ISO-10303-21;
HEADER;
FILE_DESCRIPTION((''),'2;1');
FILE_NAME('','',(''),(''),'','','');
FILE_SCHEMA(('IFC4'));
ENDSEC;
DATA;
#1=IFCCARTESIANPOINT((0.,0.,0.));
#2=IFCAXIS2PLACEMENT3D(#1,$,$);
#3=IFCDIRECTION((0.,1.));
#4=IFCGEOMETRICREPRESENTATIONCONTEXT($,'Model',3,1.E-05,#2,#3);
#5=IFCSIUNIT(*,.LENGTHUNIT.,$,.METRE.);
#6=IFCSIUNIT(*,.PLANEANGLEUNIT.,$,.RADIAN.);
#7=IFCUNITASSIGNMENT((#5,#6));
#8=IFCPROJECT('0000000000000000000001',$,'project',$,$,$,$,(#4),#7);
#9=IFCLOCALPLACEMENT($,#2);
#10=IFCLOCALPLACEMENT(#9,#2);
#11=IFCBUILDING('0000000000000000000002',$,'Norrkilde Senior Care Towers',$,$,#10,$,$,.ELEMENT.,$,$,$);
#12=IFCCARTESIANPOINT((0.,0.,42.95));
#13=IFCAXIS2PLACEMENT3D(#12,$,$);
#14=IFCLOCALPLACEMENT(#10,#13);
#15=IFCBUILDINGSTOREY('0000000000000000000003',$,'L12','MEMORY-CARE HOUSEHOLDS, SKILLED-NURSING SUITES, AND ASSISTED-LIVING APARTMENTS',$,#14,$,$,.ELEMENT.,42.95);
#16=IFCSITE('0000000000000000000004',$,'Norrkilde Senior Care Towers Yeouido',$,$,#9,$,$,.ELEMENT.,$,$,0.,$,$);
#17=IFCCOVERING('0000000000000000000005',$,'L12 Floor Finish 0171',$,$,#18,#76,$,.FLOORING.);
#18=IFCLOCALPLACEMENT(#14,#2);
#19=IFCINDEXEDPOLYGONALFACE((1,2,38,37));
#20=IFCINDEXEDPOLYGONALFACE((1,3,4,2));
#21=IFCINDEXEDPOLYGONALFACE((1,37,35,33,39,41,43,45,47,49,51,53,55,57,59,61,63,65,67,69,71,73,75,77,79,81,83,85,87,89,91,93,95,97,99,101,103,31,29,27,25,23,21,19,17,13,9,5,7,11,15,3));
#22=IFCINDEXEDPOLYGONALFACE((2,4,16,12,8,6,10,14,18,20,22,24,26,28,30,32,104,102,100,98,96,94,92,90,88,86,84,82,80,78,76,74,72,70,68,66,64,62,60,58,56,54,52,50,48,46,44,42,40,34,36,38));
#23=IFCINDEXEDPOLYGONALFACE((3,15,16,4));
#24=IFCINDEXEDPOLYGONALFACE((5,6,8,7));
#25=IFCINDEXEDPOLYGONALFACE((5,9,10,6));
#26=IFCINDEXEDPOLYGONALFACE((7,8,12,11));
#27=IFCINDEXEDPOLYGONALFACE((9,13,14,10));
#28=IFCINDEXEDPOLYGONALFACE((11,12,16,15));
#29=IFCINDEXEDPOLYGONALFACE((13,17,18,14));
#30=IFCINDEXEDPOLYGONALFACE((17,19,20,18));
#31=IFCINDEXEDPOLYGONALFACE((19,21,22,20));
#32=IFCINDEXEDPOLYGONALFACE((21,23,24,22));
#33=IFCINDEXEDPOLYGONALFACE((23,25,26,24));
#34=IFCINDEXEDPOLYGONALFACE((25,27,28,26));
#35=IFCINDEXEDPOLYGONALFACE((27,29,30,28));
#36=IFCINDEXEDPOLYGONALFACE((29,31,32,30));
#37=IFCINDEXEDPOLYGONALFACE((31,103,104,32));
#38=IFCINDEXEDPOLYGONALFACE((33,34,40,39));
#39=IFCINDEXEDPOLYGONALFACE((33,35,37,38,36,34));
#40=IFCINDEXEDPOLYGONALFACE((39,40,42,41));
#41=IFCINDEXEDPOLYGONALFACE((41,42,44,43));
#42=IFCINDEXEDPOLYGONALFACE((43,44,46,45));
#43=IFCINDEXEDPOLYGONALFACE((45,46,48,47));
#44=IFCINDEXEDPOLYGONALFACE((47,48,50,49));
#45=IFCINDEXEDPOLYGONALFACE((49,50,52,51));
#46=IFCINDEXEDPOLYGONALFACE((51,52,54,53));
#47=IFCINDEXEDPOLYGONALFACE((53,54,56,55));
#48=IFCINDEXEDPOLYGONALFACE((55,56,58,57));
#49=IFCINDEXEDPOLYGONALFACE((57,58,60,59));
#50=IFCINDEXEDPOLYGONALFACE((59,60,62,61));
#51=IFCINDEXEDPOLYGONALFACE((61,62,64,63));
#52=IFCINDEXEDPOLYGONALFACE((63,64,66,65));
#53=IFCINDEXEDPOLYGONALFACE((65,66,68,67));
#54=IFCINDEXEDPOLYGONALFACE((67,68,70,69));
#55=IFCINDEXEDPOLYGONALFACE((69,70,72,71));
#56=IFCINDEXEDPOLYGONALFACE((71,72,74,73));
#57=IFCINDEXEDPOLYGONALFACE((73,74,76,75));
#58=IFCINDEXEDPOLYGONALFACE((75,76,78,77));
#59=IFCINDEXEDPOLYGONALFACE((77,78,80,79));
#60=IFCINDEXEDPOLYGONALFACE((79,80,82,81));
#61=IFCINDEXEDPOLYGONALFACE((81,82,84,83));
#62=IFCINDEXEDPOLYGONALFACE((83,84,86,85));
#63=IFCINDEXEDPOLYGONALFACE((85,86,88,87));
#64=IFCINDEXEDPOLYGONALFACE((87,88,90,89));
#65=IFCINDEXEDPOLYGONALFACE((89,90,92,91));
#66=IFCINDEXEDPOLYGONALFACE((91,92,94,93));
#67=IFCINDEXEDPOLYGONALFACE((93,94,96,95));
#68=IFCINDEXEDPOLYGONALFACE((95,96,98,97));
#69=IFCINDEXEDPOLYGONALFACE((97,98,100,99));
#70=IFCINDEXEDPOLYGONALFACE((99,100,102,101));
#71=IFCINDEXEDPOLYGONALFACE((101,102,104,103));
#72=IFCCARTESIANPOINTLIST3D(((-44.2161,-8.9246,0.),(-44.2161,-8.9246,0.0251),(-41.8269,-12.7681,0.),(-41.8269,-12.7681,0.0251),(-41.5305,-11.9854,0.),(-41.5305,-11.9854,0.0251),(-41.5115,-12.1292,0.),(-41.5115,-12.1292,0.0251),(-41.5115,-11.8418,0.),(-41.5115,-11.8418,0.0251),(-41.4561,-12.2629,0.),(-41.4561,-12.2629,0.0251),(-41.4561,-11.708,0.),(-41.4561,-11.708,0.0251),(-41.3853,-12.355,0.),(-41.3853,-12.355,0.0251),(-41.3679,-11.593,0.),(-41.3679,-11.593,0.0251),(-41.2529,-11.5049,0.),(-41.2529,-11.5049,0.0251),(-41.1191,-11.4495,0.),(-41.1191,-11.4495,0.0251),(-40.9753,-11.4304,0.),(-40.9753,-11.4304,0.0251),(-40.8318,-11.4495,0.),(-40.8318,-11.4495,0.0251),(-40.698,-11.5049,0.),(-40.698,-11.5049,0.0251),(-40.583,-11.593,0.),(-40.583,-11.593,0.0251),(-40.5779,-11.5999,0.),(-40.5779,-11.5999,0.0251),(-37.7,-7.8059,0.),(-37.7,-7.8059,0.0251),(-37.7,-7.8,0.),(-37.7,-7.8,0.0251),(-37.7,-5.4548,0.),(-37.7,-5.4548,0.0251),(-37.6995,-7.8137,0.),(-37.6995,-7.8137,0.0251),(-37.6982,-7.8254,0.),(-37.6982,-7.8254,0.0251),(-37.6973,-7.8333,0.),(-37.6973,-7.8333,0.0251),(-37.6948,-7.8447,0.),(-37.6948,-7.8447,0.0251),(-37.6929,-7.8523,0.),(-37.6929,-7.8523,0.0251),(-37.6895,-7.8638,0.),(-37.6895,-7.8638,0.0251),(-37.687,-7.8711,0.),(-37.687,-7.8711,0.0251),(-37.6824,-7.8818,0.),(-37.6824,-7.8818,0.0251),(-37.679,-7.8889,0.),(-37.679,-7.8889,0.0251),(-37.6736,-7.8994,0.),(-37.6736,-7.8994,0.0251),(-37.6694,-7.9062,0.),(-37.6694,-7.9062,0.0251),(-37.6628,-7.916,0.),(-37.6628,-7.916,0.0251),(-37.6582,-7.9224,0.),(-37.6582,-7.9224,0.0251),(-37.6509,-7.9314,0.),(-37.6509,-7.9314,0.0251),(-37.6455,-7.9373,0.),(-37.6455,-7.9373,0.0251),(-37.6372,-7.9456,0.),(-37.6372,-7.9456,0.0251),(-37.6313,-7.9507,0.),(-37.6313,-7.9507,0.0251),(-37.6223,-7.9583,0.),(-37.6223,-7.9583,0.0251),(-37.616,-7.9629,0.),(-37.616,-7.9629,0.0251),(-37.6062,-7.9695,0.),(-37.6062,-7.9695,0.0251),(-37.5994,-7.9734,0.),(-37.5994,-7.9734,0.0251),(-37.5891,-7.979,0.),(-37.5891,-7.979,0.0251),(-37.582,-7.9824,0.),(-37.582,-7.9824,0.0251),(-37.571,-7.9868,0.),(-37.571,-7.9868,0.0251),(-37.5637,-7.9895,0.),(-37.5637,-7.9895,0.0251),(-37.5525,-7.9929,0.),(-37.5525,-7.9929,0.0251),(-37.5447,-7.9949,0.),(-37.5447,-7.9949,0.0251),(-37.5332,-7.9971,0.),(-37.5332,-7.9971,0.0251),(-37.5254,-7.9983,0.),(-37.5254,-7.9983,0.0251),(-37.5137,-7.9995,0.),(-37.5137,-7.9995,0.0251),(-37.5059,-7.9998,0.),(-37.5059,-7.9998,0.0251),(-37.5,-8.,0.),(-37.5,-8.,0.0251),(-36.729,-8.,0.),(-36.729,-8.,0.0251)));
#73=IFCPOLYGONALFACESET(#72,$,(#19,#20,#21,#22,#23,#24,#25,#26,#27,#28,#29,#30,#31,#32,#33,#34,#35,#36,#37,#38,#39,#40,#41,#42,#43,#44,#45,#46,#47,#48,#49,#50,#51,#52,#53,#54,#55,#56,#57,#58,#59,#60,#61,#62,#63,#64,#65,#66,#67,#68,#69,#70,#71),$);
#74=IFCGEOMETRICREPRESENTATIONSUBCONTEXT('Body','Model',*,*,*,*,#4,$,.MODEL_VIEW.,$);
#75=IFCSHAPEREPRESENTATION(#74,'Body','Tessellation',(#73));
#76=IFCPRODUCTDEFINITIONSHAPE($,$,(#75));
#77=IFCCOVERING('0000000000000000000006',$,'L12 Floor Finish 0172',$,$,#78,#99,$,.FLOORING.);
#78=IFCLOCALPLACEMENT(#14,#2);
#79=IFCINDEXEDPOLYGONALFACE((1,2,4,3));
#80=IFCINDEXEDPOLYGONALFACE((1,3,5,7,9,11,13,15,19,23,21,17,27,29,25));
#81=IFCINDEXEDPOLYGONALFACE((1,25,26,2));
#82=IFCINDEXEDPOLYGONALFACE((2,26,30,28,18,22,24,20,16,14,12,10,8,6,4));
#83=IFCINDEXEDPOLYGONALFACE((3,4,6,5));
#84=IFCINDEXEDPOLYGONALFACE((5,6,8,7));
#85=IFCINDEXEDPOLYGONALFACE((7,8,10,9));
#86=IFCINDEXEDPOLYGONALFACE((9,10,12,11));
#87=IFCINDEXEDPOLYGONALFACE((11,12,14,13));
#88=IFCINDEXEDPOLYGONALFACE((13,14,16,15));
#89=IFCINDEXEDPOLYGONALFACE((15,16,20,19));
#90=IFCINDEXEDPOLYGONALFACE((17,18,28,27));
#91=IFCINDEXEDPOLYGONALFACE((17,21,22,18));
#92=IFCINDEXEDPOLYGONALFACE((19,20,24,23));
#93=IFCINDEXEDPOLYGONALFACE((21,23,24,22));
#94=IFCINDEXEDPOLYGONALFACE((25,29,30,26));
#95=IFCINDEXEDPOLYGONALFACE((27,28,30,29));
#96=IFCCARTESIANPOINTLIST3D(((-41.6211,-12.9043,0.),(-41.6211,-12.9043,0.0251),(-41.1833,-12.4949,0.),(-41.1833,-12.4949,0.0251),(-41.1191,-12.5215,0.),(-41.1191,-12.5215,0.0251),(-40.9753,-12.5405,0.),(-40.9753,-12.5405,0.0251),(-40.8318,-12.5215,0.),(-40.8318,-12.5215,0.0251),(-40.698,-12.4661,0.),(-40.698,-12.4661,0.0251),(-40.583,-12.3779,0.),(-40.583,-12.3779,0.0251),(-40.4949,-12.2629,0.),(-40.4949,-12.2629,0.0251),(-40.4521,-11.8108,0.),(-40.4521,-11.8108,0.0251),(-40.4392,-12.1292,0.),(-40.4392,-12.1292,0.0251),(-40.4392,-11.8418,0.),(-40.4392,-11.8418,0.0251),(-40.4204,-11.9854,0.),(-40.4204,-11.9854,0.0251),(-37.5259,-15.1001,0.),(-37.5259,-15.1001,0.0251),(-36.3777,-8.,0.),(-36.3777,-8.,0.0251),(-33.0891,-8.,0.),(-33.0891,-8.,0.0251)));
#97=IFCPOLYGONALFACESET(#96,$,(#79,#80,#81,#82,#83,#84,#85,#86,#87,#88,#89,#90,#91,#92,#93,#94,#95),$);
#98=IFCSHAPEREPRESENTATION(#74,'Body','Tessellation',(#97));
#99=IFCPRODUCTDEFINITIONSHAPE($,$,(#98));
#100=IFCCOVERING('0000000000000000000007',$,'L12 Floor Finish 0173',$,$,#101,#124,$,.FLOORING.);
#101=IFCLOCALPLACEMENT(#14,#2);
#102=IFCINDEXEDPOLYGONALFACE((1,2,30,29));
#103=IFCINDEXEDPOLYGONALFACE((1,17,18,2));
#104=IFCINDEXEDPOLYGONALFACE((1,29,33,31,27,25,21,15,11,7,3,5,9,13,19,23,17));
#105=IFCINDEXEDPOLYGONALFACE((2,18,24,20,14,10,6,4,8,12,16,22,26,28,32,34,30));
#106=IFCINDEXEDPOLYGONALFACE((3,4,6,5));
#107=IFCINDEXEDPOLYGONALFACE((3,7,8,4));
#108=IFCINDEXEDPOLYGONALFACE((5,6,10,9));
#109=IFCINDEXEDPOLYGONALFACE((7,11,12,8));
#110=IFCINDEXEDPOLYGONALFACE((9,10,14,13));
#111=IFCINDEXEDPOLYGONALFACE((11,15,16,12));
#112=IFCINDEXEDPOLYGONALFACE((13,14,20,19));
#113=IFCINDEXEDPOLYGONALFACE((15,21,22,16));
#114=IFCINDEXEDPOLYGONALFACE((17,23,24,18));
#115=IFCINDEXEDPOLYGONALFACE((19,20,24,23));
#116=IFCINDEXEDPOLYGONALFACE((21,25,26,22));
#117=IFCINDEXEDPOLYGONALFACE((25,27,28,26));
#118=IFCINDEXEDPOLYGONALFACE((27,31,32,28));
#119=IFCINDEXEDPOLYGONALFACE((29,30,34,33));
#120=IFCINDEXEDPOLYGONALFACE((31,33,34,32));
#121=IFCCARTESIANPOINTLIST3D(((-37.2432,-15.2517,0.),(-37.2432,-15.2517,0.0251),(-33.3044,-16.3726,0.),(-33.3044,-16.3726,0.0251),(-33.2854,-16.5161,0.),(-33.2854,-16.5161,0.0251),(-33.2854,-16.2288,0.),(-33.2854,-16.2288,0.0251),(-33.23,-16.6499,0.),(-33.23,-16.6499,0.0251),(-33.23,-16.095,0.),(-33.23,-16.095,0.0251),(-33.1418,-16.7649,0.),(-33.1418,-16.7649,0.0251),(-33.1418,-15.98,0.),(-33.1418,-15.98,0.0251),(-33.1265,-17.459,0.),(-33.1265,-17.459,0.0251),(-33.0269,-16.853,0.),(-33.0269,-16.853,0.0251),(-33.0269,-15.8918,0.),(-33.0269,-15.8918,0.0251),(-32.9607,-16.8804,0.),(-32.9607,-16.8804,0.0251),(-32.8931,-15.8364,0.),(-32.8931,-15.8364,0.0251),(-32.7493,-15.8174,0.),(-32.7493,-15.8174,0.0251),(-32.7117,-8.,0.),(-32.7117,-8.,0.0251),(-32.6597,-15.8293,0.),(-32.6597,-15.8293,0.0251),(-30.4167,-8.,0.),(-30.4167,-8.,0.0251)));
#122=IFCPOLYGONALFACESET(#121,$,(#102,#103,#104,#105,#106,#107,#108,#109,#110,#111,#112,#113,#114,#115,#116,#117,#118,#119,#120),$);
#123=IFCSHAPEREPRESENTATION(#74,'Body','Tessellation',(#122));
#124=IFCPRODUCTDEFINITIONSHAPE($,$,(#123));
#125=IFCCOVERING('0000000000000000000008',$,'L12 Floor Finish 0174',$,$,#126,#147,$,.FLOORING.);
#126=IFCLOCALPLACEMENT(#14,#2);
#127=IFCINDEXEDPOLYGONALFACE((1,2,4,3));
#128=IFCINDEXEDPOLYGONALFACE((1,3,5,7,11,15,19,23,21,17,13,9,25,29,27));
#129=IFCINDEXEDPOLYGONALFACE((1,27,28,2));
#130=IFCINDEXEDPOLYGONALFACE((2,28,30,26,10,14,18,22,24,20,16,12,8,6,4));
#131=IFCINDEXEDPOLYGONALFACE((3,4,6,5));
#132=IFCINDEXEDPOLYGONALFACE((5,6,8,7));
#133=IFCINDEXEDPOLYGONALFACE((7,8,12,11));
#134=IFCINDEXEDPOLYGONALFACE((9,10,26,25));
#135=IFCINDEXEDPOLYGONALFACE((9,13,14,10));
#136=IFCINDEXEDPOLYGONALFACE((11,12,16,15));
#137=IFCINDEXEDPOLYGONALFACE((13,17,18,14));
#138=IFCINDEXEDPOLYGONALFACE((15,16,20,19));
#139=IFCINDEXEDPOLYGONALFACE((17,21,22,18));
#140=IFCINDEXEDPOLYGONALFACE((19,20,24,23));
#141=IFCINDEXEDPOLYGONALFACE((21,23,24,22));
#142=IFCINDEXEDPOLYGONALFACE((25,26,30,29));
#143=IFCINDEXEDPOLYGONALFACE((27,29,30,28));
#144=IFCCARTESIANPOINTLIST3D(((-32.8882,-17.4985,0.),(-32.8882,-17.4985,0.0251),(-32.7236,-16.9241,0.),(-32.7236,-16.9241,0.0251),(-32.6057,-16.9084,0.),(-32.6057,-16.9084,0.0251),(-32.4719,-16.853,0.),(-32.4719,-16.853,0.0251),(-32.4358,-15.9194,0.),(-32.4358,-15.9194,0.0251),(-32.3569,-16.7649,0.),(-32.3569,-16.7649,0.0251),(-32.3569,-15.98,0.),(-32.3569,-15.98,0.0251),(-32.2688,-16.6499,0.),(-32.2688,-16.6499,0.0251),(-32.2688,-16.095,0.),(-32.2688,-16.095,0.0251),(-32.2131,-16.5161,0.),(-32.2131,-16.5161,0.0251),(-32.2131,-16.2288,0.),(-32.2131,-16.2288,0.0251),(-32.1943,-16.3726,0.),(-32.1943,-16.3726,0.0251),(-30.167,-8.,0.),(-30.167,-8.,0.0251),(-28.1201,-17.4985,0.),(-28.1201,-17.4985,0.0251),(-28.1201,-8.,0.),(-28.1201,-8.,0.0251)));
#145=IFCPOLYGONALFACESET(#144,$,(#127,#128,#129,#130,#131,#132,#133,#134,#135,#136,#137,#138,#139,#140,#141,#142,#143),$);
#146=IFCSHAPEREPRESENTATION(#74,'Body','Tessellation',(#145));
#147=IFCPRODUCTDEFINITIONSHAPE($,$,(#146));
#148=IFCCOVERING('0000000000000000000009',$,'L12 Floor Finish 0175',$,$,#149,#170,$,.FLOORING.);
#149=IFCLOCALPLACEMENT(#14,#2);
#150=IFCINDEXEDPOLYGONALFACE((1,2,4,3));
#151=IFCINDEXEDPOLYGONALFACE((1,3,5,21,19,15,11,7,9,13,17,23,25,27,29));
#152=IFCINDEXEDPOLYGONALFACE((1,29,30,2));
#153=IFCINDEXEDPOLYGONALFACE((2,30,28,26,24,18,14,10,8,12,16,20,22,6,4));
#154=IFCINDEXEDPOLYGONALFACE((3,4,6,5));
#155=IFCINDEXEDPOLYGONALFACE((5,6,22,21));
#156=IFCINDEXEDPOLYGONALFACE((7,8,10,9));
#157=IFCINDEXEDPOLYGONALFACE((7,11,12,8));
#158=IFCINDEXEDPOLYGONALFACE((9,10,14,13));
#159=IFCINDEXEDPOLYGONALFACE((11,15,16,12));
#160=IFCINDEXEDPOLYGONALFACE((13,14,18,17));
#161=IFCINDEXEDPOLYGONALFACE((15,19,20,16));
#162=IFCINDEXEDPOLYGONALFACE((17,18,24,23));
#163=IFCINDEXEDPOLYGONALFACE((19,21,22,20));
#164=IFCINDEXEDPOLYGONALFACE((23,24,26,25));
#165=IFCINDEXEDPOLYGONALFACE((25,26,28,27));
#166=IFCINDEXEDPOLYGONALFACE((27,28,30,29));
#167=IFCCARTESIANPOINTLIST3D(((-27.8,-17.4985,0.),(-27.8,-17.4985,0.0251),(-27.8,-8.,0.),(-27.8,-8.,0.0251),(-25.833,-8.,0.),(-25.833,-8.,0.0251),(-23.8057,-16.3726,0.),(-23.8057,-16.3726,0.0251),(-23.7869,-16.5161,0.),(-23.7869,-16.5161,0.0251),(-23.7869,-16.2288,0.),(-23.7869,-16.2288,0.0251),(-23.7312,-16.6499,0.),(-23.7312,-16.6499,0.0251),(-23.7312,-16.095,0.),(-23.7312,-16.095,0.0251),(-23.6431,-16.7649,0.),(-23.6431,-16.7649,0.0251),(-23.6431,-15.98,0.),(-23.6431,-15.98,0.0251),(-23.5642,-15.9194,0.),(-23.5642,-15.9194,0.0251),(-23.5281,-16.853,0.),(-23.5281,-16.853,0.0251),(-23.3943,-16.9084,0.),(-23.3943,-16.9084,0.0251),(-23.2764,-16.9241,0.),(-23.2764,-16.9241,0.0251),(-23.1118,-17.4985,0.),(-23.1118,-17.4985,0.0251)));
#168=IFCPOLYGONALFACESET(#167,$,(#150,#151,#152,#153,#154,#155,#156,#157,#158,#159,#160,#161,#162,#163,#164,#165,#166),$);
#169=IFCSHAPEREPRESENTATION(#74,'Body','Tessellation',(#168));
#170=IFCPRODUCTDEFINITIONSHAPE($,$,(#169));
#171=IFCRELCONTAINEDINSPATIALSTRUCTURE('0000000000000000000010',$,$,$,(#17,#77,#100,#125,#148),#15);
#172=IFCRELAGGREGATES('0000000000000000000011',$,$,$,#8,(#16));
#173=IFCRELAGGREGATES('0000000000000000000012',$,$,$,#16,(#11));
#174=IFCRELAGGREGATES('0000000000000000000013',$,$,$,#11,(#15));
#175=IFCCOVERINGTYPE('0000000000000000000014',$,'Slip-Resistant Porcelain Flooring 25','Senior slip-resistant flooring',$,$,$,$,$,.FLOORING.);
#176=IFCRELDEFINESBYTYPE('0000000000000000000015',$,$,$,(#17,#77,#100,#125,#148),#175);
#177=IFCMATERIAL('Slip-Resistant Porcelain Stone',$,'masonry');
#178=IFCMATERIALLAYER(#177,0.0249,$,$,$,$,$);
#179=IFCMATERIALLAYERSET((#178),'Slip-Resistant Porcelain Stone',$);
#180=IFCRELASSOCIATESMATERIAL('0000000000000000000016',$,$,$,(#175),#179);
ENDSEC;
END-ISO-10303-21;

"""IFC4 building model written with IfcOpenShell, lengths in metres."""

from ifc_helpers import new_model, si_unit, direction, frame, origin, place, context, subcontext, project, spatial, polyline, outline, extrude, material, layer, layer_set, type_object, element, save


model = new_model("IFC4")

# Units and contexts
model_context = context("Model", 3, precision=1e-05, world=origin(), true_north=direction((0.0, 1.0)))
body_context = subcontext(model_context, "Body", "Model", "MODEL_VIEW")
ifc_project = project(units=[si_unit("LENGTHUNIT", "METRE"), si_unit("PLANEANGLEUNIT", "RADIAN")], contexts=[model_context])

# Site, building, storey
site_placement = place(None, origin())
site = spatial("IfcSite", under=ifc_project, at=site_placement, Name="Norrkilde Senior Care Towers Yeouido", CompositionType="ELEMENT", RefElevation=0.0)
building_placement = place(site_placement, origin())
building = spatial("IfcBuilding", under=site, at=building_placement, Name="Norrkilde Senior Care Towers", CompositionType="ELEMENT")
storey_placement = place(building_placement, frame((0.0, 0.0, 42.95)))
storey = spatial("IfcBuildingStorey", under=building, at=storey_placement, Name="L12", Description="MEMORY-CARE HOUSEHOLDS, SKILLED-NURSING SUITES, AND ASSISTED-LIVING APARTMENTS", CompositionType="ELEMENT", Elevation=42.95)

# Coverings
ifc_material_1 = material(Name="Slip-Resistant Porcelain Stone", Category="masonry")
ifc_layer_1 = layer(ifc_material_1, 0.0249)
ifc_layer_set_1 = layer_set([ifc_layer_1], Name="Slip-Resistant Porcelain Stone")
covering_type_1 = type_object("IfcCoveringType", Name="Slip-Resistant Porcelain Flooring 25", Description="Senior slip-resistant flooring", PredefinedType="FLOORING", material=ifc_layer_set_1)
covering_1_placement = place(storey_placement, origin())
element("IfcCovering", 1, at=covering_1_placement, inside=storey, type_object=covering_type_1, Name="L12 Floor Finish 0171", PredefinedType="FLOORING", context=body_context, shape_type="SweptSolid", body=[
    extrude(outline(polyline([(-37.6982, -7.8254), (-37.6973, -7.8333), (-37.6948, -7.8447), (-37.6929, -7.8523), (-37.6895, -7.8638), (-37.687, -7.8711), (-37.6824, -7.8818), (-37.679, -7.8889), (-37.6736, -7.8994), (-37.6694, -7.9062), (-37.6628, -7.916), (-37.6582, -7.9224), (-37.6509, -7.9314), (-37.6455, -7.9373), (-37.6372, -7.9456), (-37.6313, -7.9507), (-37.6223, -7.9583), (-37.616, -7.9629), (-37.6062, -7.9695), (-37.5994, -7.9734), (-37.5891, -7.979), (-37.582, -7.9824), (-37.571, -7.9868), (-37.5637, -7.9895), (-37.5525, -7.9929), (-37.5447, -7.9949), (-37.5332, -7.9971), (-37.5254, -7.9983), (-37.5137, -7.9995), (-37.5059, -7.9998), (-37.5, -8.0), (-36.729, -8.0), (-40.5779, -11.5999), (-40.583, -11.593), (-40.698, -11.5049), (-40.8318, -11.4495), (-40.9753, -11.4304), (-41.1191, -11.4495), (-41.2529, -11.5049), (-41.3679, -11.593), (-41.4561, -11.708), (-41.5115, -11.8418), (-41.5305, -11.9854), (-41.5115, -12.1292), (-41.4561, -12.2629), (-41.3853, -12.355), (-41.8269, -12.7681), (-44.2161, -8.9246), (-37.7, -5.4548), (-37.7, -7.8), (-37.7, -7.8059), (-37.6995, -7.8137), (-37.6982, -7.8254)])), origin(), (0.0, 0.0, 1.0), 0.0251),
])
covering_2_placement = place(storey_placement, origin())
element("IfcCovering", 2, at=covering_2_placement, inside=storey, type_object=covering_type_1, Name="L12 Floor Finish 0172", PredefinedType="FLOORING", context=body_context, shape_type="SweptSolid", body=[
    extrude(outline(polyline([(-41.1833, -12.4949), (-41.1191, -12.5215), (-40.9753, -12.5405), (-40.8318, -12.5215), (-40.698, -12.4661), (-40.583, -12.3779), (-40.4949, -12.2629), (-40.4392, -12.1292), (-40.4204, -11.9854), (-40.4392, -11.8418), (-40.4521, -11.8108), (-36.3777, -8.0), (-33.0891, -8.0), (-37.5259, -15.1001), (-41.6211, -12.9043), (-41.1833, -12.4949)])), origin(), (0.0, 0.0, 1.0), 0.0251),
])
covering_3_placement = place(storey_placement, origin())
element("IfcCovering", 3, at=covering_3_placement, inside=storey, type_object=covering_type_1, Name="L12 Floor Finish 0173", PredefinedType="FLOORING", context=body_context, shape_type="SweptSolid", body=[
    extrude(outline(polyline([(-32.7117, -8.0), (-30.4167, -8.0), (-32.6597, -15.8293), (-32.7493, -15.8174), (-32.8931, -15.8364), (-33.0269, -15.8918), (-33.1418, -15.98), (-33.23, -16.095), (-33.2854, -16.2288), (-33.3044, -16.3726), (-33.2854, -16.5161), (-33.23, -16.6499), (-33.1418, -16.7649), (-33.0269, -16.853), (-32.9607, -16.8804), (-33.1265, -17.459), (-37.2432, -15.2517), (-32.7117, -8.0)])), origin(), (0.0, 0.0, 1.0), 0.0251),
])
covering_4_placement = place(storey_placement, origin())
element("IfcCovering", 4, at=covering_4_placement, inside=storey, type_object=covering_type_1, Name="L12 Floor Finish 0174", PredefinedType="FLOORING", context=body_context, shape_type="SweptSolid", body=[
    extrude(outline(polyline([(-32.7236, -16.9241), (-32.6057, -16.9084), (-32.4719, -16.853), (-32.3569, -16.7649), (-32.2688, -16.6499), (-32.2131, -16.5161), (-32.1943, -16.3726), (-32.2131, -16.2288), (-32.2688, -16.095), (-32.3569, -15.98), (-32.4358, -15.9194), (-30.167, -8.0), (-28.1201, -8.0), (-28.1201, -17.4985), (-32.8882, -17.4985), (-32.7236, -16.9241)])), origin(), (0.0, 0.0, 1.0), 0.0251),
])
covering_5_placement = place(storey_placement, origin())
element("IfcCovering", 5, at=covering_5_placement, inside=storey, type_object=covering_type_1, Name="L12 Floor Finish 0175", PredefinedType="FLOORING", context=body_context, shape_type="SweptSolid", body=[
    extrude(outline(polyline([(-27.8, -17.4985), (-27.8, -8.0), (-25.833, -8.0), (-23.5642, -15.9194), (-23.6431, -15.98), (-23.7312, -16.095), (-23.7869, -16.2288), (-23.8057, -16.3726), (-23.7869, -16.5161), (-23.7312, -16.6499), (-23.6431, -16.7649), (-23.5281, -16.853), (-23.3943, -16.9084), (-23.2764, -16.9241), (-23.1118, -17.4985), (-27.8, -17.4985)])), origin(), (0.0, 0.0, 1.0), 0.0251),
])

save(model, "model.ifc")
